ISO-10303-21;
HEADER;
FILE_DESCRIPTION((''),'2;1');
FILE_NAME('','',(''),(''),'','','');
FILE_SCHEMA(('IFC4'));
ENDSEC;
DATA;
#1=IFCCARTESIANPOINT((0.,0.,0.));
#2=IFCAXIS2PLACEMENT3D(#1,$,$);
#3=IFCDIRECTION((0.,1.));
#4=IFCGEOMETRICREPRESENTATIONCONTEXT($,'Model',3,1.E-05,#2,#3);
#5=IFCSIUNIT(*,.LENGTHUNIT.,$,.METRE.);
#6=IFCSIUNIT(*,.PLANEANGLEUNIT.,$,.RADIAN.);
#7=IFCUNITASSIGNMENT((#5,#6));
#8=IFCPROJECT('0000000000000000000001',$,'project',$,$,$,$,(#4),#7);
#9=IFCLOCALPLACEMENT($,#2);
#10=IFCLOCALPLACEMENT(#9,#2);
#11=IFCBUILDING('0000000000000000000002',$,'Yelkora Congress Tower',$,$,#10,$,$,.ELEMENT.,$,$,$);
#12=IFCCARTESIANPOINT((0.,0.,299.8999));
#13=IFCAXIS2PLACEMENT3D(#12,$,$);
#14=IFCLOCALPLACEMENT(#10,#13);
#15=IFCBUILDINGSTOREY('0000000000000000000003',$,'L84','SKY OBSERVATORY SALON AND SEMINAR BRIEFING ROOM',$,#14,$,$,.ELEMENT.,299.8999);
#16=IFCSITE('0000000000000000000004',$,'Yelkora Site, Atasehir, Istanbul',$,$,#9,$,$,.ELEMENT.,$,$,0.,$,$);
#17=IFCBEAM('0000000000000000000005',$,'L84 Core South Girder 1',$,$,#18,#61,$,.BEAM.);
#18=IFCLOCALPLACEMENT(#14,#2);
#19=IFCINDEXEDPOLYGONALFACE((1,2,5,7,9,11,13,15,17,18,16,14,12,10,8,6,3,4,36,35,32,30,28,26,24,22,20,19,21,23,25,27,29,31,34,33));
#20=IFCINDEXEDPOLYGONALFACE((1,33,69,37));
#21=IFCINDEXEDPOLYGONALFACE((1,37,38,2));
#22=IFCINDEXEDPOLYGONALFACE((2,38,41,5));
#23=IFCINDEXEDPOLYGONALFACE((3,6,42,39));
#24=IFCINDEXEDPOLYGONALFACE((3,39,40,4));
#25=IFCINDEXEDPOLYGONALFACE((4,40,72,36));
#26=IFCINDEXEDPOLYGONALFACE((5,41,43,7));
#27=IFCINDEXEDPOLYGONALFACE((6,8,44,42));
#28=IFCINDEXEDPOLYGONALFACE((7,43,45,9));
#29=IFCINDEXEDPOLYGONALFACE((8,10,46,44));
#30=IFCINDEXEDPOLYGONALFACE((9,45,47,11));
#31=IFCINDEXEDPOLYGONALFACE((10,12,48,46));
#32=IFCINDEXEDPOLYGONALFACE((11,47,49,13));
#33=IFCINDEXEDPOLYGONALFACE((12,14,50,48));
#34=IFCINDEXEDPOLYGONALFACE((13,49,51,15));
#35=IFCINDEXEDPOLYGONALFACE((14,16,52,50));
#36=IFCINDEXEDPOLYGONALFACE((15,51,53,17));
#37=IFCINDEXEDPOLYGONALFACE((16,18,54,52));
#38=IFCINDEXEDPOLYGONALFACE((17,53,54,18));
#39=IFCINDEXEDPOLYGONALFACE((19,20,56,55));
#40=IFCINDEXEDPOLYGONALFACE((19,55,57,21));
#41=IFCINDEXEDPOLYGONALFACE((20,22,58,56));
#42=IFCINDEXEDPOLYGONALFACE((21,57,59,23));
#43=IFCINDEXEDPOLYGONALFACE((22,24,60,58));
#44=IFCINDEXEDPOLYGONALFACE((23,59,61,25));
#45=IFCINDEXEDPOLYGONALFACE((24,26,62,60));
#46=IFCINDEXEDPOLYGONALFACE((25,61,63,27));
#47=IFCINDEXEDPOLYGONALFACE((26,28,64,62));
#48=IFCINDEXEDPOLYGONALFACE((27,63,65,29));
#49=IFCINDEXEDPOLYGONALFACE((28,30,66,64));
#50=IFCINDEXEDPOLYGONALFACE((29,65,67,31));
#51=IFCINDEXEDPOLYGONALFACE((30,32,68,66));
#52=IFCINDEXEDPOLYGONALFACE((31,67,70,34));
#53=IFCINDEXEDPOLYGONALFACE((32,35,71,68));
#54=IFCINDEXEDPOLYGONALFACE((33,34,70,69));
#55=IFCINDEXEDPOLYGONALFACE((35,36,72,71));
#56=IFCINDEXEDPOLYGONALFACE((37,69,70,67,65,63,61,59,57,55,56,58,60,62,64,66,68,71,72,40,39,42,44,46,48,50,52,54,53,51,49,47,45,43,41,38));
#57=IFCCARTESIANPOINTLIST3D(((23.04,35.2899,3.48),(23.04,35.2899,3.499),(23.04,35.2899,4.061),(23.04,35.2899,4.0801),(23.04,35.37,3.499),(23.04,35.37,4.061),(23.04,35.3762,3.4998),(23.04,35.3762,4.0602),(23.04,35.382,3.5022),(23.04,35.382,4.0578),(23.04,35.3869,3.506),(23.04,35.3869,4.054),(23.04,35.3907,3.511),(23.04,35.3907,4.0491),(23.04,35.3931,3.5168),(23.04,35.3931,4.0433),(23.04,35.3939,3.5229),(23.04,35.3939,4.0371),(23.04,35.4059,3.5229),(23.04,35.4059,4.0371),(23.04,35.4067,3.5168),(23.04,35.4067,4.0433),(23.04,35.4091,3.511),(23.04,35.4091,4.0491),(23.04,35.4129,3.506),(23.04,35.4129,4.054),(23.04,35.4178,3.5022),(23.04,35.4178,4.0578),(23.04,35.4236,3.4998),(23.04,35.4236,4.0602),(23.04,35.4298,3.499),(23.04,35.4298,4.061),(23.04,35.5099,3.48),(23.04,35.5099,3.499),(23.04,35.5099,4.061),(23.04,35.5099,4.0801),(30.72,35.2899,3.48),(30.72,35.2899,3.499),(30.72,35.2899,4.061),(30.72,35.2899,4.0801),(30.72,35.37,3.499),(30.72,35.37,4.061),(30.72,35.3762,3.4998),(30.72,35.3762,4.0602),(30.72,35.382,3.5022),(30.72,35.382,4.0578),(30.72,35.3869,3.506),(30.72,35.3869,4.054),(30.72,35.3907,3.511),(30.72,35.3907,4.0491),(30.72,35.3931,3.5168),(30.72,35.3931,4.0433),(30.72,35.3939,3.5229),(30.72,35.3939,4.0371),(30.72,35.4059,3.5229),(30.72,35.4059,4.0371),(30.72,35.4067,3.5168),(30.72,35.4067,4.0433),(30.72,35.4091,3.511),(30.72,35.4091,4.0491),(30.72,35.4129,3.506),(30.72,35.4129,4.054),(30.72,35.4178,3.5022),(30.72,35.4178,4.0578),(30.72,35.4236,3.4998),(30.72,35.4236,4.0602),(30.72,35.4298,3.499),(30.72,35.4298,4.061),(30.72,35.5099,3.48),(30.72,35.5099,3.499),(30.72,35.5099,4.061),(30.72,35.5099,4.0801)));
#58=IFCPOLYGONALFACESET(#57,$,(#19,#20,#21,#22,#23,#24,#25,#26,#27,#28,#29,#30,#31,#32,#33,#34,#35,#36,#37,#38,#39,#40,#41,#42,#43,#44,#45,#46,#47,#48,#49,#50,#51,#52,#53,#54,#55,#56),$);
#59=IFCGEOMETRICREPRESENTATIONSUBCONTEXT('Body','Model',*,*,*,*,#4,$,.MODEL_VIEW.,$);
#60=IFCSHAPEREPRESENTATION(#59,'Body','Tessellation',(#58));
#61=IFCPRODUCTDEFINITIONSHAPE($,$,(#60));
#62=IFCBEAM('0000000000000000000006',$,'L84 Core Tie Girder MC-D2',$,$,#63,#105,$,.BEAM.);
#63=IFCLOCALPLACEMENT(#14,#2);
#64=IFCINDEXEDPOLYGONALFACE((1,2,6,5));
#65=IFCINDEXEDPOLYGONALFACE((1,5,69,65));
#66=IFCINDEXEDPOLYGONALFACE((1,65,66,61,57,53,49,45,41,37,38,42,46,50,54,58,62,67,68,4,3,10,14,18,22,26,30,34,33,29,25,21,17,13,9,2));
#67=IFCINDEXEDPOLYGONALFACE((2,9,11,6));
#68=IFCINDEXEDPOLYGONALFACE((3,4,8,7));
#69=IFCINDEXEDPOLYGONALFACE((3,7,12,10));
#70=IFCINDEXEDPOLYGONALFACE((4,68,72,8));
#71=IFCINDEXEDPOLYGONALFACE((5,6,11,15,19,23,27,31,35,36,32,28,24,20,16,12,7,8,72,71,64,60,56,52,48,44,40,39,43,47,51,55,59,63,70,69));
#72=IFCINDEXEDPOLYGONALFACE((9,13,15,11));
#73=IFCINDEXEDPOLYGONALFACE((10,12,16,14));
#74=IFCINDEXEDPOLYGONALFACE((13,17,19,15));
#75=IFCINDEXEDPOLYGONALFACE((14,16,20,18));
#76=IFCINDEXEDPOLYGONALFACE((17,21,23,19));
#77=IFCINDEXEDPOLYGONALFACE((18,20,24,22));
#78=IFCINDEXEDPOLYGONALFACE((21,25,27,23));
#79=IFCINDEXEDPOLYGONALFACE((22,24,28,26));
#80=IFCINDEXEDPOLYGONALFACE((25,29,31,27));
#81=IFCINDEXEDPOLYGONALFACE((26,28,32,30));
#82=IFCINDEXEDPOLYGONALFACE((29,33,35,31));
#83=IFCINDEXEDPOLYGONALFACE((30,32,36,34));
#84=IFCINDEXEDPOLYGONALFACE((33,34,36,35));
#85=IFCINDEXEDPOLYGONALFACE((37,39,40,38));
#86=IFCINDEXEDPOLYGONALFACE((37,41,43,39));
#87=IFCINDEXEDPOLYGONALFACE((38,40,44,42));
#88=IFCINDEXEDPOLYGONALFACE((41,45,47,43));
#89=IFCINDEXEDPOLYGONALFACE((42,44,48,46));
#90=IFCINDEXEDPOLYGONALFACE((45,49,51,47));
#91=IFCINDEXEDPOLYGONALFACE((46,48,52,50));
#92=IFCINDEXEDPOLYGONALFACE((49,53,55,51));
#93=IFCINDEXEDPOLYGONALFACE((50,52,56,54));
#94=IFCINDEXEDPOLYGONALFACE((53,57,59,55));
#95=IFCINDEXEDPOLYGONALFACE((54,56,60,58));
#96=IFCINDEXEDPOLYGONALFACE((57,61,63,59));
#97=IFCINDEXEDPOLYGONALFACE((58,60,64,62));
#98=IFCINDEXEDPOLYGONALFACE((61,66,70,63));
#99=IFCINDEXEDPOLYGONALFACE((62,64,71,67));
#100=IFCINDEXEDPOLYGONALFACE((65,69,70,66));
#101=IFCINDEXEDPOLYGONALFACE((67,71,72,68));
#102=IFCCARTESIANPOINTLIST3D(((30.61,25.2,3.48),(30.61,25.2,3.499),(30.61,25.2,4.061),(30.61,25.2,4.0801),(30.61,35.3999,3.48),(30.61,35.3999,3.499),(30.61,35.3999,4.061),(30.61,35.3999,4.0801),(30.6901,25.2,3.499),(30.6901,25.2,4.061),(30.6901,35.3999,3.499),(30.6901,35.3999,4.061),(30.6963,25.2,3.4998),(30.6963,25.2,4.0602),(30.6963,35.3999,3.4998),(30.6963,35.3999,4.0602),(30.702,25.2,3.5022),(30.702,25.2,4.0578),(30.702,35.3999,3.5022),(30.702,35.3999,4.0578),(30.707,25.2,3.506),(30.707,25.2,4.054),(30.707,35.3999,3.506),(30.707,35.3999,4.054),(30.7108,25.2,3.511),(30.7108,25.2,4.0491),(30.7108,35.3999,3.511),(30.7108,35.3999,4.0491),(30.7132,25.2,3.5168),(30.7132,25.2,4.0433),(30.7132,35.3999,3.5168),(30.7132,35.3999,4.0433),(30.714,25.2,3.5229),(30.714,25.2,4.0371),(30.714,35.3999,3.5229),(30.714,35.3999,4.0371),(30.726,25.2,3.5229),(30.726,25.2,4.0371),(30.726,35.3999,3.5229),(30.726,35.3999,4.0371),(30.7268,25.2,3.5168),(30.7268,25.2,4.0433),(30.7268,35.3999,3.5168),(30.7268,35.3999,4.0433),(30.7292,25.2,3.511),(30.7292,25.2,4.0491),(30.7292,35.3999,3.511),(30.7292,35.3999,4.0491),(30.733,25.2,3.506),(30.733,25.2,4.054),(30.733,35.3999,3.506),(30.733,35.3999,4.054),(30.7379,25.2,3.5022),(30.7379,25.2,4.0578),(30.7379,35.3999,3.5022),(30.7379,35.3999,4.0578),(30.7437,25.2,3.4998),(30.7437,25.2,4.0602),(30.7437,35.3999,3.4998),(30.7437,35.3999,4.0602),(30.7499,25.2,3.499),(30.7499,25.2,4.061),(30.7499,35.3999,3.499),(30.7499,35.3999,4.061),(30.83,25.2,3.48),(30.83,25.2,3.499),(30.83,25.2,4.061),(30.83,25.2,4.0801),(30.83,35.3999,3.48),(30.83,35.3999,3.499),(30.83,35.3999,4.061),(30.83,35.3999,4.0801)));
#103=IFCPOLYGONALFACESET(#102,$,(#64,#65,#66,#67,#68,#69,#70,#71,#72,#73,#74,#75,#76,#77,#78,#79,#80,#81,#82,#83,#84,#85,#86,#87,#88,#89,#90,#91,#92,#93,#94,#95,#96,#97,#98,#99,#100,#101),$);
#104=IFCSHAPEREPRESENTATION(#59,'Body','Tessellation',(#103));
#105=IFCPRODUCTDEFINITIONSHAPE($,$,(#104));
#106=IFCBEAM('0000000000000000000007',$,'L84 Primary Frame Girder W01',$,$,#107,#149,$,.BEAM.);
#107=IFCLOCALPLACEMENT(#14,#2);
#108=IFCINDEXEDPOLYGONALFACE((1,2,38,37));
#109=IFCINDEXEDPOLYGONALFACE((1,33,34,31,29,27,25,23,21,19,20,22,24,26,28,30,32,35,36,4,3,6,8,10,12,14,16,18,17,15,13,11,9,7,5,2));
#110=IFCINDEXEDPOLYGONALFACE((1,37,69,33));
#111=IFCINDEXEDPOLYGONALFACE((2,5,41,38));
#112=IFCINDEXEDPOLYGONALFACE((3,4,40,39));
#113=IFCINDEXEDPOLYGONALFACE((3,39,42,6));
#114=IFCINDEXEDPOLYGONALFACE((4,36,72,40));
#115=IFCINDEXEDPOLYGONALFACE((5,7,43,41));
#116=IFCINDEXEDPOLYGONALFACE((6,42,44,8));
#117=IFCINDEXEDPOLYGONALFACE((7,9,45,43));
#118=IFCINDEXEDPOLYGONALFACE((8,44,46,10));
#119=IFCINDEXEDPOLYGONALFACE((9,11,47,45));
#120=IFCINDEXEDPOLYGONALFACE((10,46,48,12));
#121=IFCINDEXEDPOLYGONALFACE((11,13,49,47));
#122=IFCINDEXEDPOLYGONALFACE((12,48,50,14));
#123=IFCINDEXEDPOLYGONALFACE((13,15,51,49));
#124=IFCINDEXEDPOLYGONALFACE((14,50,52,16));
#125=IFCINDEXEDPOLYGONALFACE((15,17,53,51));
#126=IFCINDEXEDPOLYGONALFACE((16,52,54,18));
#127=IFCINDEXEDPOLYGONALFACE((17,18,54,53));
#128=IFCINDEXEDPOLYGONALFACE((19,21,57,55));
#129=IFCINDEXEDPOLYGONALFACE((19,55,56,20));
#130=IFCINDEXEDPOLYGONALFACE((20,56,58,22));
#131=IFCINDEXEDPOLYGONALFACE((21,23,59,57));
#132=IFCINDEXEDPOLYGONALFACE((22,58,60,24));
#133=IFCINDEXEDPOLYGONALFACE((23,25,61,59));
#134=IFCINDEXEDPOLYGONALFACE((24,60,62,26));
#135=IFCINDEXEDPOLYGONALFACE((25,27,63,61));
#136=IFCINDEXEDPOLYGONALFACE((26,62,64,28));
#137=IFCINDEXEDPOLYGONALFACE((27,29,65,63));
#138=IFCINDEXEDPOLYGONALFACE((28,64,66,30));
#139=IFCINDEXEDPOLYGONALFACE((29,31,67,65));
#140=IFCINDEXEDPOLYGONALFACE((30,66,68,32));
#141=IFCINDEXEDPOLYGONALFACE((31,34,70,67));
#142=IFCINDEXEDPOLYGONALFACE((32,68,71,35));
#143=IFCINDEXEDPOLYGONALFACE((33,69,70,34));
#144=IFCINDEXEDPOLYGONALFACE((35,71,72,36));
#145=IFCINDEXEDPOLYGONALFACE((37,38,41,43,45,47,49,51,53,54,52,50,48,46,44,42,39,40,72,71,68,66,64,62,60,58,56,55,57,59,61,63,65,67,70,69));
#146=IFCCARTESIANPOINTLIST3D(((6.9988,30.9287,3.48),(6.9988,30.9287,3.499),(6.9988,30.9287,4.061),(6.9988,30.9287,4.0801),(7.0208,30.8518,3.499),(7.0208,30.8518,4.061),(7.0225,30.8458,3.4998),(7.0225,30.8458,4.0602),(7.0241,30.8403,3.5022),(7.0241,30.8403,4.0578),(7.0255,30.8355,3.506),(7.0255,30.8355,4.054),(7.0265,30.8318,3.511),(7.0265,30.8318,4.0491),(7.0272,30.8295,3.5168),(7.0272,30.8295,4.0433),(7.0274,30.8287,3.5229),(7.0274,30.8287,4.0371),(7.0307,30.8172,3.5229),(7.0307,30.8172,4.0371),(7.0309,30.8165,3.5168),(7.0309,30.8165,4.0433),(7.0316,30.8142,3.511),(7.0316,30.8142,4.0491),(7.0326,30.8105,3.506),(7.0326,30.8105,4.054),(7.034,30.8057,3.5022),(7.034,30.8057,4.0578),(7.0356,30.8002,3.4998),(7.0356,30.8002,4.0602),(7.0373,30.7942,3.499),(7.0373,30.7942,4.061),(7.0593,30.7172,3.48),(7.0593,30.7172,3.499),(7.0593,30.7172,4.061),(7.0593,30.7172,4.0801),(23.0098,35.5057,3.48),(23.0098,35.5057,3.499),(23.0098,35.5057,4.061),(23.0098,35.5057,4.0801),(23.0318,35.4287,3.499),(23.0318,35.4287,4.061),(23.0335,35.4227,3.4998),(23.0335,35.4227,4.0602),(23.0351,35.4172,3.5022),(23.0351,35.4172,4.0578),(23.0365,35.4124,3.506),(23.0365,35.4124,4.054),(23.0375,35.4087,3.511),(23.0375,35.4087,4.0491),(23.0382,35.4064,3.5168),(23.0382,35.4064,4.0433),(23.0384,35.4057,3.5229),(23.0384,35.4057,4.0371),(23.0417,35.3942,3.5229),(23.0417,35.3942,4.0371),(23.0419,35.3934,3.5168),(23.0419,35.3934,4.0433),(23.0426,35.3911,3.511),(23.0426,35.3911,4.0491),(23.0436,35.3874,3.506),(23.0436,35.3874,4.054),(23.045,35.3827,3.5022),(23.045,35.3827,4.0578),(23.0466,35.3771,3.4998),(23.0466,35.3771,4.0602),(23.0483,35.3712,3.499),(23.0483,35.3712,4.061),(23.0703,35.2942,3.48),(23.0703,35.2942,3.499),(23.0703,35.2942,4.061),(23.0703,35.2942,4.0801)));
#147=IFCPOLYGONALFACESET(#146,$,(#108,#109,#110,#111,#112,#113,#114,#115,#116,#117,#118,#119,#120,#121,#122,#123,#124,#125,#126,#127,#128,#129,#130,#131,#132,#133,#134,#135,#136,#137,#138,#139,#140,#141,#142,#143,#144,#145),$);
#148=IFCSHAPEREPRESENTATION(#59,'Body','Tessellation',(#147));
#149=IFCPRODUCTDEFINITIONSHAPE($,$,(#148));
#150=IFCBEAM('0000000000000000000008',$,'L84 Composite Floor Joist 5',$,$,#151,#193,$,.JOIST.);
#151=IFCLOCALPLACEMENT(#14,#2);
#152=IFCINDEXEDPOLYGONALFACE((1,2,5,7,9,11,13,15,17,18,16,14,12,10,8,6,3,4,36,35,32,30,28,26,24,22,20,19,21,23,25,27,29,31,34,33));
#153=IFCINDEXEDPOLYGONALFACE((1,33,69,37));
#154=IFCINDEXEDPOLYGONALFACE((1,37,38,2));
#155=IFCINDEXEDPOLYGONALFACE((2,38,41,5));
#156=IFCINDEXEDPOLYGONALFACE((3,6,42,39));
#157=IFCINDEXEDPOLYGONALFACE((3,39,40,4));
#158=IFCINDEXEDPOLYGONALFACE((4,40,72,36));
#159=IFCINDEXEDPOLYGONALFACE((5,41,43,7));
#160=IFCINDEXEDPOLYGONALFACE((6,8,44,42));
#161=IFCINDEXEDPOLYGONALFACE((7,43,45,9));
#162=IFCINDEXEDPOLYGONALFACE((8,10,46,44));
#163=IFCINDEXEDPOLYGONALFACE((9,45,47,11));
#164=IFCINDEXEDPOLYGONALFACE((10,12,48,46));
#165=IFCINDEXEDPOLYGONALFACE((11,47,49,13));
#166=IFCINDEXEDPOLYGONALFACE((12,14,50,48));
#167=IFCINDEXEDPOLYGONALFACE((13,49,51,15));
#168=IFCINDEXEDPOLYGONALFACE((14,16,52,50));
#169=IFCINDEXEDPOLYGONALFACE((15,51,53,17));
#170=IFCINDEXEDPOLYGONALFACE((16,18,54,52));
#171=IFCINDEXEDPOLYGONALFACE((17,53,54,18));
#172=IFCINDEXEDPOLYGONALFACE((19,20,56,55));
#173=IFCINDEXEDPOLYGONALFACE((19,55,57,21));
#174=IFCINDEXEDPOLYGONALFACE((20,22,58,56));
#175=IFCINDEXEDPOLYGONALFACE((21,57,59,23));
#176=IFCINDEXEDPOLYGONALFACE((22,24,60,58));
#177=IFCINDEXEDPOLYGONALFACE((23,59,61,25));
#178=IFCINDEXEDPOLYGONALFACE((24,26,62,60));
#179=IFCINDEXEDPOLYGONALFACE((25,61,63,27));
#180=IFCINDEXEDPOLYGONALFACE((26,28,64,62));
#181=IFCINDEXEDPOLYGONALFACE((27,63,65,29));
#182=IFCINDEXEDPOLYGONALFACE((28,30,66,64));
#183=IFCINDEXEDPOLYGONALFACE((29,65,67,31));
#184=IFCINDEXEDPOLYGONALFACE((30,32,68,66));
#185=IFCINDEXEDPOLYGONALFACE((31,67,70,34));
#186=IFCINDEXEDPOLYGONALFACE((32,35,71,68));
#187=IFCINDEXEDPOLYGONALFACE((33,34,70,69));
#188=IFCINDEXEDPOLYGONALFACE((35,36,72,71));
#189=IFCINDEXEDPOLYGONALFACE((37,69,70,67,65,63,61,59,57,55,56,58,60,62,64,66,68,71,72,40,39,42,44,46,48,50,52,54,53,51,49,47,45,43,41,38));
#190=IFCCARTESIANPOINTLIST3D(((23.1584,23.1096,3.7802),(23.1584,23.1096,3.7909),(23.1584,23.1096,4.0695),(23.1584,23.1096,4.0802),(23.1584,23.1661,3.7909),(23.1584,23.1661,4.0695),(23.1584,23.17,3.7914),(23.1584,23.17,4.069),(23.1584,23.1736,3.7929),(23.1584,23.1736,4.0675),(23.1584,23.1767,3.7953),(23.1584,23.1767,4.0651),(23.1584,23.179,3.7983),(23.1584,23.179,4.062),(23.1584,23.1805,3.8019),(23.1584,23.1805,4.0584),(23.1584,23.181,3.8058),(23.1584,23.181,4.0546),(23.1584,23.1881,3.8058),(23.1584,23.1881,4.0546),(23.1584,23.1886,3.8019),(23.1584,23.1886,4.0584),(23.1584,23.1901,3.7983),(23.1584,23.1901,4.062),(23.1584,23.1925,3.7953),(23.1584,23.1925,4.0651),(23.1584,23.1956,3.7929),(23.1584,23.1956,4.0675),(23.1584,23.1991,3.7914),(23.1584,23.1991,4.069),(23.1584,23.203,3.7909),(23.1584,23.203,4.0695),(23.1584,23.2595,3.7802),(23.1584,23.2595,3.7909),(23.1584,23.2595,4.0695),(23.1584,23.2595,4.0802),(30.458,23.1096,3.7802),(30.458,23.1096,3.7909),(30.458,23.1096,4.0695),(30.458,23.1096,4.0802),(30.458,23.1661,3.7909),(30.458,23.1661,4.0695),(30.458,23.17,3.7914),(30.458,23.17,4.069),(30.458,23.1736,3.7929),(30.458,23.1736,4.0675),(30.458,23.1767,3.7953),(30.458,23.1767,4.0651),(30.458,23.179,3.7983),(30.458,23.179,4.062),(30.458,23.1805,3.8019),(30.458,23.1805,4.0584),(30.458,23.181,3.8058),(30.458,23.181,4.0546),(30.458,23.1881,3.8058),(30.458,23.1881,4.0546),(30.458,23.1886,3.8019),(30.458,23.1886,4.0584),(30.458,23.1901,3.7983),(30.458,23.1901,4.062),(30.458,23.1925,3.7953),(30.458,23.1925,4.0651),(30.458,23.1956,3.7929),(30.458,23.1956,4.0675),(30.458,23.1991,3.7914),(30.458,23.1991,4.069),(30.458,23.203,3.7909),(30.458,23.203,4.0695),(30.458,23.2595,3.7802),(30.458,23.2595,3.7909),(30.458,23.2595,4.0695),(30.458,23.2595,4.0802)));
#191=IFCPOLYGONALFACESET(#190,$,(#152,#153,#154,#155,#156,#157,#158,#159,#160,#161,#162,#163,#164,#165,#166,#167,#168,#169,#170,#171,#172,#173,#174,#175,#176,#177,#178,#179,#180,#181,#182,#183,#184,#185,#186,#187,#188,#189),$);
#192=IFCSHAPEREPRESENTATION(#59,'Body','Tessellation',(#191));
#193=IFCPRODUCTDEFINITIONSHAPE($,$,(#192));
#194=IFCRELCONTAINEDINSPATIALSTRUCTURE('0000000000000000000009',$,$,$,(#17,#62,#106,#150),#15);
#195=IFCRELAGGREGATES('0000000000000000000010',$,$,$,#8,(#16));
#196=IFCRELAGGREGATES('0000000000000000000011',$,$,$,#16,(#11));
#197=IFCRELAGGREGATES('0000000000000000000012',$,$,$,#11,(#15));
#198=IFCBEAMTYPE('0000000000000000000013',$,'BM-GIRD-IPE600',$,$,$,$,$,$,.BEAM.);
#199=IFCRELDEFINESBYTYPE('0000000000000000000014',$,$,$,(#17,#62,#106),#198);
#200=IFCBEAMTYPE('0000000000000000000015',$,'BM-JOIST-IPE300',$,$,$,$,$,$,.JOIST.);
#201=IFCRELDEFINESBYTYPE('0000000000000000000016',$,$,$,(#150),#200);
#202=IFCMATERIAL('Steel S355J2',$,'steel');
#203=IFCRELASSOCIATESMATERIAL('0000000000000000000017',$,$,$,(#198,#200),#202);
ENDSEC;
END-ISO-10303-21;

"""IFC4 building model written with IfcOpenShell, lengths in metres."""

from ifc_helpers import new_model, si_unit, direction, frame, origin, origin_2d, place, context, subcontext, project, spatial, i_section, extrude, material, material_profile, profile_set, type_object, element, save


model = new_model("IFC4")

# Units and contexts
model_context = context("Model", 3, precision=1e-05, world=origin(), true_north=direction((0.0, 1.0)))
body_context = subcontext(model_context, "Body", "Model", "MODEL_VIEW")
ifc_project = project(units=[si_unit("LENGTHUNIT", "METRE"), si_unit("PLANEANGLEUNIT", "RADIAN")], contexts=[model_context])

# Site, building, storey
site_placement = place(None, origin())
site = spatial("IfcSite", under=ifc_project, at=site_placement, Name="Yelkora Site, Atasehir, Istanbul", CompositionType="ELEMENT", RefElevation=0.0)
building_placement = place(site_placement, origin())
building = spatial("IfcBuilding", under=site, at=building_placement, Name="Yelkora Congress Tower", CompositionType="ELEMENT")
storey_placement = place(building_placement, frame((0.0, 0.0, 299.8999)))
storey = spatial("IfcBuildingStorey", under=building, at=storey_placement, Name="L84", Description="SKY OBSERVATORY SALON AND SEMINAR BRIEFING ROOM", CompositionType="ELEMENT", Elevation=299.8999)

# Shared definitions
ifc_material_1 = material(Name="Steel S355J2", Category="steel")

# Beams
ifc_material_profile_1 = material_profile(ifc_material_1, i_section(OverallWidth=0.22, OverallDepth=0.6001, WebThickness=0.012, FlangeThickness=0.019, FilletRadius=0.0239, at=origin_2d()), Name="IPE 600")
ifc_profile_set_1 = profile_set([ifc_material_profile_1], Name="Steel S355J2")
beam_type_1 = type_object("IfcBeamType", Name="BM-GIRD-IPE600", PredefinedType="BEAM", material=ifc_profile_set_1)
beam_1_placement = place(storey_placement, frame((23.04, 35.3999, 3.78), z_axis=(1.0, 0.0, 0.0), x_axis=(0.0, 1.0, 0.0)))
element("IfcBeam", 1, at=beam_1_placement, inside=storey, type_object=beam_type_1, Name="L84 Core South Girder 1", PredefinedType="BEAM", context=body_context, shape_type="SweptSolid", body=[
    extrude(i_section(OverallWidth=0.22, OverallDepth=0.6001, WebThickness=0.012, FlangeThickness=0.019, FilletRadius=0.0239, at=origin_2d()), origin(), (0.0, 0.0, 1.0), 7.6799),
])
beam_2_placement = place(storey_placement, frame((30.72, 25.2, 3.78), z_axis=(0.0, 1.0, 0.0), x_axis=(-1.0, 0.0, 0.0)))
element("IfcBeam", 2, at=beam_2_placement, inside=storey, type_object=beam_type_1, Name="L84 Core Tie Girder MC-D2", PredefinedType="BEAM", context=body_context, shape_type="SweptSolid", body=[
    extrude(i_section(OverallWidth=0.22, OverallDepth=0.6001, WebThickness=0.012, FlangeThickness=0.019, FilletRadius=0.0239, at=origin_2d()), origin(), (0.0, 0.0, 1.0), 10.2),
])
beam_3_placement = place(storey_placement, frame((7.0291, 30.823, 3.78), z_axis=(0.961487, 0.274851, 0.0), x_axis=(-0.274851, 0.961487, 0.0)))
element("IfcBeam", 3, at=beam_3_placement, inside=storey, type_object=beam_type_1, Name="L84 Primary Frame Girder W01", PredefinedType="BEAM", context=body_context, shape_type="SweptSolid", body=[
    extrude(i_section(OverallWidth=0.22, OverallDepth=0.6001, WebThickness=0.012, FlangeThickness=0.019, FilletRadius=0.0239, at=origin_2d()), origin(), (0.0, 0.0, 1.0), 16.6523),
])
ifc_material_profile_2 = material_profile(ifc_material_1, i_section(OverallWidth=0.1499, OverallDepth=0.3, WebThickness=0.0071, FlangeThickness=0.0107, FilletRadius=0.0149, at=origin_2d()), Name="IPE 300")
ifc_profile_set_2 = profile_set([ifc_material_profile_2], Name="Steel S355J2")
beam_type_2 = type_object("IfcBeamType", Name="BM-JOIST-IPE300", PredefinedType="JOIST", material=ifc_profile_set_2)
beam_4_placement = place(storey_placement, frame((23.1584, 23.1846, 3.9302), z_axis=(1.0, 0.0, 0.0), x_axis=(0.0, 1.0, 0.0)))
element("IfcBeam", 4, at=beam_4_placement, inside=storey, type_object=beam_type_2, Name="L84 Composite Floor Joist 5", PredefinedType="JOIST", context=body_context, shape_type="SweptSolid", body=[
    extrude(i_section(OverallWidth=0.1499, OverallDepth=0.3, WebThickness=0.0071, FlangeThickness=0.0107, FilletRadius=0.0149, at=origin_2d()), origin(), (0.0, 0.0, 1.0), 7.2996),
])

save(model, "model.ifc")
